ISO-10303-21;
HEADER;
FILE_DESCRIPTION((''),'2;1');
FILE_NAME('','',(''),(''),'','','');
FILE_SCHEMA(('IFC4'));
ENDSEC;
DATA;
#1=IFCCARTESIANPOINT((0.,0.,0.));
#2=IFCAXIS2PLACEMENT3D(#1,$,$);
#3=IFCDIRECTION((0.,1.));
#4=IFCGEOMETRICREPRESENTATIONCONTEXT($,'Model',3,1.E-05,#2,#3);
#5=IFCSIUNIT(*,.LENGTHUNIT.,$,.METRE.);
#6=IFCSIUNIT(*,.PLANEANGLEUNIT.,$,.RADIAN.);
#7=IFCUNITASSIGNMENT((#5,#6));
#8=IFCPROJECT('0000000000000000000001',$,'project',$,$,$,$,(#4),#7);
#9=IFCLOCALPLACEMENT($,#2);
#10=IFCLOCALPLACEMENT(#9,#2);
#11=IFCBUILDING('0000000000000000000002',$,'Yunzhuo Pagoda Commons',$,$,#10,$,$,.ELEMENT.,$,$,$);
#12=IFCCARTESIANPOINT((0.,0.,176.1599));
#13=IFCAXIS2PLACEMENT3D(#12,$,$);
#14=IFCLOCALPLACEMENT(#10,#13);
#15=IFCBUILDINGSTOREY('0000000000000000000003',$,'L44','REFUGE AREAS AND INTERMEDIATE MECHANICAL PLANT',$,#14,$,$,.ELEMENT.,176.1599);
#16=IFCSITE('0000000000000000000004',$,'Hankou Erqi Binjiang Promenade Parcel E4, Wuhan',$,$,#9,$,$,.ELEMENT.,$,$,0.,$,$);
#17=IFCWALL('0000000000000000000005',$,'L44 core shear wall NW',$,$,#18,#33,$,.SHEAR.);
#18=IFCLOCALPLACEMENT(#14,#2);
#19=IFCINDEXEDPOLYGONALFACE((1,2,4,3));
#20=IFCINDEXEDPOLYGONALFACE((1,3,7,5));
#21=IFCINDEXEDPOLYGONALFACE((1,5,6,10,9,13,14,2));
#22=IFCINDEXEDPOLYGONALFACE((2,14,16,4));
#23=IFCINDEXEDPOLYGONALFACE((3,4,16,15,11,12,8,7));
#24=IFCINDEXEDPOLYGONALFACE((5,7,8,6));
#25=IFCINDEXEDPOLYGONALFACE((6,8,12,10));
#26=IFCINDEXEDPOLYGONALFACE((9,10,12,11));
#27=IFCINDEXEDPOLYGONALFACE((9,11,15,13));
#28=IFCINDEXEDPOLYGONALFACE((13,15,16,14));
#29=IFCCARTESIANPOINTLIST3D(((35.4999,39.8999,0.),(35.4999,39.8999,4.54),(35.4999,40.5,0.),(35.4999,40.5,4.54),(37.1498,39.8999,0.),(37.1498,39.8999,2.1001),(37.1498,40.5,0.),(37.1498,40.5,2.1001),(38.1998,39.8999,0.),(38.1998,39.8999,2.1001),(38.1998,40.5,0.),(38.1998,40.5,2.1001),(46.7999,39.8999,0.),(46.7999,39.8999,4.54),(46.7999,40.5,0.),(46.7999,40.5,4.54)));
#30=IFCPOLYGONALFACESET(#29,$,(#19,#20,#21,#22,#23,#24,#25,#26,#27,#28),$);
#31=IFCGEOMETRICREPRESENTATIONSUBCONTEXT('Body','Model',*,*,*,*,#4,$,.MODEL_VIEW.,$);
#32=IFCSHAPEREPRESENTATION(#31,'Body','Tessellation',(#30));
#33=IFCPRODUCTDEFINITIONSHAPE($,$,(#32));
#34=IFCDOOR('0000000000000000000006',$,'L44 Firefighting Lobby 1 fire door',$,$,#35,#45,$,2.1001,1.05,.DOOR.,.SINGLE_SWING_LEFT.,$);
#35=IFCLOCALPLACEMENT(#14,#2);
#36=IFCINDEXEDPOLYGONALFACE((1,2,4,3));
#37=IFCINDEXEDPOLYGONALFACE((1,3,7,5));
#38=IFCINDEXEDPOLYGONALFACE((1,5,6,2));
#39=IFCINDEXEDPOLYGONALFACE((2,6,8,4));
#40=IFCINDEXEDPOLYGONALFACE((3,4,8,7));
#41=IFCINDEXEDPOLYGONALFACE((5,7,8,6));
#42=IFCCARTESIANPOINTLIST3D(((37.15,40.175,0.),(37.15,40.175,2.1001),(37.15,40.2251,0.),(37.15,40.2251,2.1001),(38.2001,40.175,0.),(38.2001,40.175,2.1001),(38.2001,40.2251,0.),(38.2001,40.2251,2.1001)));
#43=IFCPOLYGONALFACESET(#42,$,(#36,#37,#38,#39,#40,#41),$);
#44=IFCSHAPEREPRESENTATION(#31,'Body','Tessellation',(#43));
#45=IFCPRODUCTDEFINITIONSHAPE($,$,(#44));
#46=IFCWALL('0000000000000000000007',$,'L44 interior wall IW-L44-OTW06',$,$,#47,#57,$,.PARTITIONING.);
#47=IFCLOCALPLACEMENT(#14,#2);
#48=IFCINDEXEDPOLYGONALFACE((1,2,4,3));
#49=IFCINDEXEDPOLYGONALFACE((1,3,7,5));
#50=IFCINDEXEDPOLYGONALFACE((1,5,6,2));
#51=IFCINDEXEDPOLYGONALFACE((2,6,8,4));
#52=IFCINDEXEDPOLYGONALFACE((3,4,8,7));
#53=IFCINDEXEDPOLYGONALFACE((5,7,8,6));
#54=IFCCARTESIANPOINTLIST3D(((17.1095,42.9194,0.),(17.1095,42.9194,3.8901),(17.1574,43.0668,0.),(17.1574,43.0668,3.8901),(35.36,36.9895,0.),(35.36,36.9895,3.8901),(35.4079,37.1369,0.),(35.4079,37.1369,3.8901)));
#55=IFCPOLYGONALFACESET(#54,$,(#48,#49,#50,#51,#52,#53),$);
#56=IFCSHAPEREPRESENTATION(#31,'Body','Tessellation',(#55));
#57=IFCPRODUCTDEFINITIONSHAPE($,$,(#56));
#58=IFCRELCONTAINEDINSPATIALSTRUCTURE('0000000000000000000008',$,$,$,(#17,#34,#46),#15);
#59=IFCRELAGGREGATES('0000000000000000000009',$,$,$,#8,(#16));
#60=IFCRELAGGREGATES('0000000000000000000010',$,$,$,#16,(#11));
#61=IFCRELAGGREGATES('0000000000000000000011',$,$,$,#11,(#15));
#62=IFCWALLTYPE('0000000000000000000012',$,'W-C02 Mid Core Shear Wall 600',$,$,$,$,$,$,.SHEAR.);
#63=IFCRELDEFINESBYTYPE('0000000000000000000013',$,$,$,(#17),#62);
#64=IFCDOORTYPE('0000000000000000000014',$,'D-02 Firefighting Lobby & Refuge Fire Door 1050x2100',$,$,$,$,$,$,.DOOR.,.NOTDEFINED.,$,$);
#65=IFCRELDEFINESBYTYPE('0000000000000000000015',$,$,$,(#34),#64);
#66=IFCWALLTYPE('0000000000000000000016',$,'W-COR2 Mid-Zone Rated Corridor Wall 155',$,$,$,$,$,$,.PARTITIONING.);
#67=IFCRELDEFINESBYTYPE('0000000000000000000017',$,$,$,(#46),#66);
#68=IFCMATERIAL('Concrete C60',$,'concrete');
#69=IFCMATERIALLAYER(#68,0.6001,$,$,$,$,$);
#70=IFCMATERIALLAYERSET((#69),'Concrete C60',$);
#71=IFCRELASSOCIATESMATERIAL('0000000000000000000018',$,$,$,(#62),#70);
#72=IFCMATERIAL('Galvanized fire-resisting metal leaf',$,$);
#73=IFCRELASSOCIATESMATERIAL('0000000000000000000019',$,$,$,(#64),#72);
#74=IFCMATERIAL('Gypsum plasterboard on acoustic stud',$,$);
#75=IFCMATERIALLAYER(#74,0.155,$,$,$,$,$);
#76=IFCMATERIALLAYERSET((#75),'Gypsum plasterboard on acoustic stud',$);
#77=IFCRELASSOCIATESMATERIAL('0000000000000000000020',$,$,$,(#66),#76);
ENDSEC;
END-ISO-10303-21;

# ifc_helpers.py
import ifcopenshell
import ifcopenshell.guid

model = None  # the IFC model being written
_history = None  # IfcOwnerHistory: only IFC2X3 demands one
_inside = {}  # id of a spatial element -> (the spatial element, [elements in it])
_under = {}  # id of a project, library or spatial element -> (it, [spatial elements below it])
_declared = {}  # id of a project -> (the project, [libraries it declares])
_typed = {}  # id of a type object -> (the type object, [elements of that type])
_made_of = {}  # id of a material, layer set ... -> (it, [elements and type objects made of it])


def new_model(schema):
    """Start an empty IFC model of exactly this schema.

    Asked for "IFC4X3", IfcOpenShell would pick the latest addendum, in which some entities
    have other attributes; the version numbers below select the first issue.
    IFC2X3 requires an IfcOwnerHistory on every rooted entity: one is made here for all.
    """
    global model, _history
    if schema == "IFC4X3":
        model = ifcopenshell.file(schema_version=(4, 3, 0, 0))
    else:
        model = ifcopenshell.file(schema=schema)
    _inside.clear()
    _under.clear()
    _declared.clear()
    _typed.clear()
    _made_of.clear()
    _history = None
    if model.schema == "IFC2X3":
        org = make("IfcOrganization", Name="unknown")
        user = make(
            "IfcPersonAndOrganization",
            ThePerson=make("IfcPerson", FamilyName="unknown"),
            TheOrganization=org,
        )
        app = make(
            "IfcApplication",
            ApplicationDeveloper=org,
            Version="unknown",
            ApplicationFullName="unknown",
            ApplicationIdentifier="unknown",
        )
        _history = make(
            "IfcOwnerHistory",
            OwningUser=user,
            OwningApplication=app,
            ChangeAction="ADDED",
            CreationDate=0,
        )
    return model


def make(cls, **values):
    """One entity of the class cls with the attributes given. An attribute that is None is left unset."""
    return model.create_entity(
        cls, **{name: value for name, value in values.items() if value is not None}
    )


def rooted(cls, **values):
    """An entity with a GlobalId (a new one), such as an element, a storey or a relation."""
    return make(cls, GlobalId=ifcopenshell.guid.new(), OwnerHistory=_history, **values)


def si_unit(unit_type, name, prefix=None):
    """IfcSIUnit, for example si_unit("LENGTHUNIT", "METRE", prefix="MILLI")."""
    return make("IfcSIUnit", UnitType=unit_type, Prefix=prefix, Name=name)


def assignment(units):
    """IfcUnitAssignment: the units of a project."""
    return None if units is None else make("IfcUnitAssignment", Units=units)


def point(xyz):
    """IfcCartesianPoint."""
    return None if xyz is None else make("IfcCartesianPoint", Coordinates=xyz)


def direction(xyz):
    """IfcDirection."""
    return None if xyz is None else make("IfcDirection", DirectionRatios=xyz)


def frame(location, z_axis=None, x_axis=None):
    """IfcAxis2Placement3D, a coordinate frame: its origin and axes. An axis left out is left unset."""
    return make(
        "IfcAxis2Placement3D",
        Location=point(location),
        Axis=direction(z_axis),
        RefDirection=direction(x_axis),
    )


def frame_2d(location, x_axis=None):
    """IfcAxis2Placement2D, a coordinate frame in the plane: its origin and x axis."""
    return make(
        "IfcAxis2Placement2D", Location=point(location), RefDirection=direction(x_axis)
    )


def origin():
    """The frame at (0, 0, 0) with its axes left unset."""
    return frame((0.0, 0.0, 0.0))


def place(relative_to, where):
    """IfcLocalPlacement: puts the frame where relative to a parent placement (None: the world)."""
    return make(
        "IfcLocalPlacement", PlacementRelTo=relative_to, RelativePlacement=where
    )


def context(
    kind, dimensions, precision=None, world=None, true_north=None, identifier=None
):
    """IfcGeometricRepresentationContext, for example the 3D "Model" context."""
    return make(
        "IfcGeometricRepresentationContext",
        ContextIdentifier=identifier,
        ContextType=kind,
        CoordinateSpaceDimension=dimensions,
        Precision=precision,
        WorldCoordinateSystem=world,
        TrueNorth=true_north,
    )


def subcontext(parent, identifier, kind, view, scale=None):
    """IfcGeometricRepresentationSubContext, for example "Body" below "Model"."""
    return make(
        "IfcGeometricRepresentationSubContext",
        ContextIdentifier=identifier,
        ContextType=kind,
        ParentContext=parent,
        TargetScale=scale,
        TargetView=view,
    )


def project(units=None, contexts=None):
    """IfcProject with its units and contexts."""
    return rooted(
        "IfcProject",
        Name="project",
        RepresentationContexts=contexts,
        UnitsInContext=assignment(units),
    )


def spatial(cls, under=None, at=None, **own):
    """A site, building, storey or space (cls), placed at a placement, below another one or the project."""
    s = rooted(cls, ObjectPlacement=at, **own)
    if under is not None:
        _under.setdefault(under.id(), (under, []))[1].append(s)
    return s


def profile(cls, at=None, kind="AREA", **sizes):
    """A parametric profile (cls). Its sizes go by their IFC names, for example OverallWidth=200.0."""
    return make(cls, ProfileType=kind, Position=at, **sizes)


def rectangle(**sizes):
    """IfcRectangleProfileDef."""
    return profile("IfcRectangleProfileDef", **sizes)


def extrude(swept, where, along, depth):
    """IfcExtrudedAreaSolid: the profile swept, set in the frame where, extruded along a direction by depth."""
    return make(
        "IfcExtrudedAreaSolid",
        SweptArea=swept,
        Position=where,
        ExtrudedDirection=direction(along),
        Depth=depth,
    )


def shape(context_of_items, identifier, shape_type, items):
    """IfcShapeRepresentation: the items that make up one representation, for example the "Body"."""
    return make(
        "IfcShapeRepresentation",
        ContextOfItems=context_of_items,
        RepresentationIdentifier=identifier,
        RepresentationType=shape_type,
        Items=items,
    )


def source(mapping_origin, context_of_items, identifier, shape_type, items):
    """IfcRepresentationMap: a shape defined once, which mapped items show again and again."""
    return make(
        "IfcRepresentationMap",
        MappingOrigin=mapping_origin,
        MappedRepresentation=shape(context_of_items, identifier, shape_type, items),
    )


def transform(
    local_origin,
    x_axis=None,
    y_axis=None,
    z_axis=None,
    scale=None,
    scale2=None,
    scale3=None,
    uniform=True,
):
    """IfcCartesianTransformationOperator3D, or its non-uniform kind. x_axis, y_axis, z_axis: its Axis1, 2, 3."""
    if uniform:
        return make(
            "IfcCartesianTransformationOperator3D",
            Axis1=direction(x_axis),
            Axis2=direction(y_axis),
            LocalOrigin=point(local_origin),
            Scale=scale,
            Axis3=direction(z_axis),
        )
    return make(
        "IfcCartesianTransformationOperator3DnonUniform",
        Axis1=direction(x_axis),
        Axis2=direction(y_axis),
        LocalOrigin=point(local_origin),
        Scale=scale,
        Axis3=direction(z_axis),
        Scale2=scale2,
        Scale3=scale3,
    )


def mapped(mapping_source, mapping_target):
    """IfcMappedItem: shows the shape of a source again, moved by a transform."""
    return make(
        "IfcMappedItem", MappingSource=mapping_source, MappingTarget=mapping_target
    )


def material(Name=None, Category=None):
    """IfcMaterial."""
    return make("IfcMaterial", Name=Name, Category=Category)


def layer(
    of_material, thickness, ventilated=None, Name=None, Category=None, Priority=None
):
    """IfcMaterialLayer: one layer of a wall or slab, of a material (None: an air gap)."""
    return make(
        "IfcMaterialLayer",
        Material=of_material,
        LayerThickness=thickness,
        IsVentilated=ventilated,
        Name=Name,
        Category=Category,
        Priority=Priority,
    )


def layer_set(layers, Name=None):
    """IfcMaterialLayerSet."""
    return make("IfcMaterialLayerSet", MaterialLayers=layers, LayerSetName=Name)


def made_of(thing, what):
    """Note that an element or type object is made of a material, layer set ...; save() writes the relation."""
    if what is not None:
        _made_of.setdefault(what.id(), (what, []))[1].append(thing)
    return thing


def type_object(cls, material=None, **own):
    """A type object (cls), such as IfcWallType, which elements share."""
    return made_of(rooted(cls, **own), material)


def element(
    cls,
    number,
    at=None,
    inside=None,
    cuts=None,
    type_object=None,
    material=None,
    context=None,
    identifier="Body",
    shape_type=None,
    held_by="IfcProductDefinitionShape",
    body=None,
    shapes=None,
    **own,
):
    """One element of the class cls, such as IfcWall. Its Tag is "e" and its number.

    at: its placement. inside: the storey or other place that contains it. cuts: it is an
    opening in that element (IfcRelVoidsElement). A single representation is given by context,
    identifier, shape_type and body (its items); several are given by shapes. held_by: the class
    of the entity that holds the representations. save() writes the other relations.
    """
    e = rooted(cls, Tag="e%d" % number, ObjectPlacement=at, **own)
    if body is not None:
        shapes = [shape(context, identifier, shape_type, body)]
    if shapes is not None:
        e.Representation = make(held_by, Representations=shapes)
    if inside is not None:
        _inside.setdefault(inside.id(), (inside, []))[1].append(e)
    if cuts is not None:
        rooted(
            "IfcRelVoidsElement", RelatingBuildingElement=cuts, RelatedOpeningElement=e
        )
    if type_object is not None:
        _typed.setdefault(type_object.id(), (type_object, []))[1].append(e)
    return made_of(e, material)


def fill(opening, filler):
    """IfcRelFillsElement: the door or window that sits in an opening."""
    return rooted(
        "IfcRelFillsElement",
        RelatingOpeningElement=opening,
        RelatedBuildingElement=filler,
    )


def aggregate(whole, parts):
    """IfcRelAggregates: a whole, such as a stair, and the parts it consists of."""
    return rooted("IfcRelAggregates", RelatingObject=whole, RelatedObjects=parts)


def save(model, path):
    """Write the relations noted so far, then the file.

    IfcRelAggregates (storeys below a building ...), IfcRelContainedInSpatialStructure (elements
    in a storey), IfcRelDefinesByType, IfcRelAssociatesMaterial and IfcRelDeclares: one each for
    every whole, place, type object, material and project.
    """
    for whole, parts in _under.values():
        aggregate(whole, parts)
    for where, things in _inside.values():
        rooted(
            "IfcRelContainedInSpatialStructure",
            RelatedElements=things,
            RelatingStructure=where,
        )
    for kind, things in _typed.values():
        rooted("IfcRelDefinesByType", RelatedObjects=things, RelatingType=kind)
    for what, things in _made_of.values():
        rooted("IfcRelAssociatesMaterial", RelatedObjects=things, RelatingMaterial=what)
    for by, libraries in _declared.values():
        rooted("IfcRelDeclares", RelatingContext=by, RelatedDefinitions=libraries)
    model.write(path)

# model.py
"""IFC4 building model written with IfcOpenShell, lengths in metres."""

from ifc_helpers import new_model, si_unit, direction, frame, frame_2d, origin, place, context, subcontext, project, spatial, rectangle, extrude, source, transform, mapped, material, layer, layer_set, type_object, element, fill, save


model = new_model("IFC4")

# Units and contexts
model_context = context("Model", 3, precision=1e-05, world=origin(), true_north=direction((0.0, 1.0)))
body_context = subcontext(model_context, "Body", "Model", "MODEL_VIEW")
ifc_project = project(units=[si_unit("LENGTHUNIT", "METRE"), si_unit("PLANEANGLEUNIT", "RADIAN")], contexts=[model_context])

# Site, building, storey
site_placement = place(None, origin())
site = spatial("IfcSite", under=ifc_project, at=site_placement, Name="Hankou Erqi Binjiang Promenade Parcel E4, Wuhan", CompositionType="ELEMENT", RefElevation=0.0)
building_placement = place(site_placement, origin())
building = spatial("IfcBuilding", under=site, at=building_placement, Name="Yunzhuo Pagoda Commons", CompositionType="ELEMENT")
storey_placement = place(building_placement, frame((0.0, 0.0, 176.1599)))
storey = spatial("IfcBuildingStorey", under=building, at=storey_placement, Name="L44", Description="REFUGE AREAS AND INTERMEDIATE MECHANICAL PLANT", CompositionType="ELEMENT", Elevation=176.1599)

# Wall, opening, door
ifc_material_1 = material(Name="Concrete C60", Category="concrete")
ifc_layer_1 = layer(ifc_material_1, 0.6001)
ifc_layer_set_1 = layer_set([ifc_layer_1], Name="Concrete C60")
wall_type_1 = type_object("IfcWallType", Name="W-C02 Mid Core Shear Wall 600", PredefinedType="SHEAR", material=ifc_layer_set_1)
wall_1_placement = place(storey_placement, frame((35.5, 40.2, 0.0), z_axis=(0.0, 0.0, 1.0), x_axis=(1.0, 0.0, 0.0)))
wall_1 = element("IfcWall", 1, at=wall_1_placement, inside=storey, type_object=wall_type_1, Name="L44 core shear wall NW", PredefinedType="SHEAR", context=body_context, shape_type="SweptSolid", body=[
    extrude(rectangle(XDim=11.3, YDim=0.6001, at=frame_2d((5.6499, 0.0))), origin(), (0.0, 0.0, 1.0), 4.54),
])
opening_placement = place(wall_1_placement, frame((1.6499, 0.0, 0.0)))
opening = element("IfcOpeningElement", 2, at=opening_placement, cuts=wall_1, PredefinedType="OPENING", context=body_context, shape_type="SweptSolid", body=[
    extrude(rectangle(XDim=1.05, YDim=2.1001, at=frame_2d((0.5249, 1.05))), frame((0.0, 0.3101, 0.0), z_axis=(0.0, -1.0, 0.0), x_axis=(1.0, 0.0, 0.0)), (0.0, 0.0, 1.0), 0.6201),
])
ifc_material_2 = material(Name="Galvanized fire-resisting metal leaf")
door_type = type_object("IfcDoorType", Name="D-02 Firefighting Lobby & Refuge Fire Door 1050x2100", OperationType="NOTDEFINED", PredefinedType="DOOR", material=ifc_material_2)
shared_shape_1 = source(origin(), body_context, "Body", "SweptSolid", [
    extrude(rectangle(XDim=1.05, YDim=2.1001, at=frame_2d((0.5249, 1.05))), frame((0.0, 0.0249, 0.0), z_axis=(0.0, -1.0, 0.0), x_axis=(1.0, 0.0, 0.0)), (0.0, 0.0, 1.0), 0.05),
])
door_placement = place(opening_placement, frame((1.05, 0.0, 0.0), z_axis=(0.0, 0.0, 1.0), x_axis=(-1.0, 0.0, 0.0)))
door = element("IfcDoor", 3, at=door_placement, inside=storey, type_object=door_type, Name="L44 Firefighting Lobby 1 fire door", OperationType="SINGLE_SWING_LEFT", OverallHeight=2.1001, OverallWidth=1.05, PredefinedType="DOOR", context=body_context, shape_type="MappedRepresentation", body=[
    mapped(shared_shape_1, transform((0.0, 0.0, 0.0), scale=1.0)),
])
fill(opening, door)

# Wall
ifc_material_3 = material(Name="Gypsum plasterboard on acoustic stud")
ifc_layer_2 = layer(ifc_material_3, 0.155)
ifc_layer_set_2 = layer_set([ifc_layer_2], Name="Gypsum plasterboard on acoustic stud")
wall_type_2 = type_object("IfcWallType", Name="W-COR2 Mid-Zone Rated Corridor Wall 155", PredefinedType="PARTITIONING", material=ifc_layer_set_2)
wall_2_placement = place(storey_placement, frame((35.3838, 37.0632, 0.0), z_axis=(0.0, 0.0, 1.0), x_axis=(-0.951057, 0.309016, 0.0)))
element("IfcWall", 4, at=wall_2_placement, inside=storey, type_object=wall_type_2, Name="L44 interior wall IW-L44-OTW06", PredefinedType="PARTITIONING", context=body_context, shape_type="SweptSolid", body=[
    extrude(rectangle(XDim=19.1897, YDim=0.155, at=frame_2d((9.5947, 0.0))), origin(), (0.0, 0.0, 1.0), 3.8901),
])

save(model, "model.ifc")
